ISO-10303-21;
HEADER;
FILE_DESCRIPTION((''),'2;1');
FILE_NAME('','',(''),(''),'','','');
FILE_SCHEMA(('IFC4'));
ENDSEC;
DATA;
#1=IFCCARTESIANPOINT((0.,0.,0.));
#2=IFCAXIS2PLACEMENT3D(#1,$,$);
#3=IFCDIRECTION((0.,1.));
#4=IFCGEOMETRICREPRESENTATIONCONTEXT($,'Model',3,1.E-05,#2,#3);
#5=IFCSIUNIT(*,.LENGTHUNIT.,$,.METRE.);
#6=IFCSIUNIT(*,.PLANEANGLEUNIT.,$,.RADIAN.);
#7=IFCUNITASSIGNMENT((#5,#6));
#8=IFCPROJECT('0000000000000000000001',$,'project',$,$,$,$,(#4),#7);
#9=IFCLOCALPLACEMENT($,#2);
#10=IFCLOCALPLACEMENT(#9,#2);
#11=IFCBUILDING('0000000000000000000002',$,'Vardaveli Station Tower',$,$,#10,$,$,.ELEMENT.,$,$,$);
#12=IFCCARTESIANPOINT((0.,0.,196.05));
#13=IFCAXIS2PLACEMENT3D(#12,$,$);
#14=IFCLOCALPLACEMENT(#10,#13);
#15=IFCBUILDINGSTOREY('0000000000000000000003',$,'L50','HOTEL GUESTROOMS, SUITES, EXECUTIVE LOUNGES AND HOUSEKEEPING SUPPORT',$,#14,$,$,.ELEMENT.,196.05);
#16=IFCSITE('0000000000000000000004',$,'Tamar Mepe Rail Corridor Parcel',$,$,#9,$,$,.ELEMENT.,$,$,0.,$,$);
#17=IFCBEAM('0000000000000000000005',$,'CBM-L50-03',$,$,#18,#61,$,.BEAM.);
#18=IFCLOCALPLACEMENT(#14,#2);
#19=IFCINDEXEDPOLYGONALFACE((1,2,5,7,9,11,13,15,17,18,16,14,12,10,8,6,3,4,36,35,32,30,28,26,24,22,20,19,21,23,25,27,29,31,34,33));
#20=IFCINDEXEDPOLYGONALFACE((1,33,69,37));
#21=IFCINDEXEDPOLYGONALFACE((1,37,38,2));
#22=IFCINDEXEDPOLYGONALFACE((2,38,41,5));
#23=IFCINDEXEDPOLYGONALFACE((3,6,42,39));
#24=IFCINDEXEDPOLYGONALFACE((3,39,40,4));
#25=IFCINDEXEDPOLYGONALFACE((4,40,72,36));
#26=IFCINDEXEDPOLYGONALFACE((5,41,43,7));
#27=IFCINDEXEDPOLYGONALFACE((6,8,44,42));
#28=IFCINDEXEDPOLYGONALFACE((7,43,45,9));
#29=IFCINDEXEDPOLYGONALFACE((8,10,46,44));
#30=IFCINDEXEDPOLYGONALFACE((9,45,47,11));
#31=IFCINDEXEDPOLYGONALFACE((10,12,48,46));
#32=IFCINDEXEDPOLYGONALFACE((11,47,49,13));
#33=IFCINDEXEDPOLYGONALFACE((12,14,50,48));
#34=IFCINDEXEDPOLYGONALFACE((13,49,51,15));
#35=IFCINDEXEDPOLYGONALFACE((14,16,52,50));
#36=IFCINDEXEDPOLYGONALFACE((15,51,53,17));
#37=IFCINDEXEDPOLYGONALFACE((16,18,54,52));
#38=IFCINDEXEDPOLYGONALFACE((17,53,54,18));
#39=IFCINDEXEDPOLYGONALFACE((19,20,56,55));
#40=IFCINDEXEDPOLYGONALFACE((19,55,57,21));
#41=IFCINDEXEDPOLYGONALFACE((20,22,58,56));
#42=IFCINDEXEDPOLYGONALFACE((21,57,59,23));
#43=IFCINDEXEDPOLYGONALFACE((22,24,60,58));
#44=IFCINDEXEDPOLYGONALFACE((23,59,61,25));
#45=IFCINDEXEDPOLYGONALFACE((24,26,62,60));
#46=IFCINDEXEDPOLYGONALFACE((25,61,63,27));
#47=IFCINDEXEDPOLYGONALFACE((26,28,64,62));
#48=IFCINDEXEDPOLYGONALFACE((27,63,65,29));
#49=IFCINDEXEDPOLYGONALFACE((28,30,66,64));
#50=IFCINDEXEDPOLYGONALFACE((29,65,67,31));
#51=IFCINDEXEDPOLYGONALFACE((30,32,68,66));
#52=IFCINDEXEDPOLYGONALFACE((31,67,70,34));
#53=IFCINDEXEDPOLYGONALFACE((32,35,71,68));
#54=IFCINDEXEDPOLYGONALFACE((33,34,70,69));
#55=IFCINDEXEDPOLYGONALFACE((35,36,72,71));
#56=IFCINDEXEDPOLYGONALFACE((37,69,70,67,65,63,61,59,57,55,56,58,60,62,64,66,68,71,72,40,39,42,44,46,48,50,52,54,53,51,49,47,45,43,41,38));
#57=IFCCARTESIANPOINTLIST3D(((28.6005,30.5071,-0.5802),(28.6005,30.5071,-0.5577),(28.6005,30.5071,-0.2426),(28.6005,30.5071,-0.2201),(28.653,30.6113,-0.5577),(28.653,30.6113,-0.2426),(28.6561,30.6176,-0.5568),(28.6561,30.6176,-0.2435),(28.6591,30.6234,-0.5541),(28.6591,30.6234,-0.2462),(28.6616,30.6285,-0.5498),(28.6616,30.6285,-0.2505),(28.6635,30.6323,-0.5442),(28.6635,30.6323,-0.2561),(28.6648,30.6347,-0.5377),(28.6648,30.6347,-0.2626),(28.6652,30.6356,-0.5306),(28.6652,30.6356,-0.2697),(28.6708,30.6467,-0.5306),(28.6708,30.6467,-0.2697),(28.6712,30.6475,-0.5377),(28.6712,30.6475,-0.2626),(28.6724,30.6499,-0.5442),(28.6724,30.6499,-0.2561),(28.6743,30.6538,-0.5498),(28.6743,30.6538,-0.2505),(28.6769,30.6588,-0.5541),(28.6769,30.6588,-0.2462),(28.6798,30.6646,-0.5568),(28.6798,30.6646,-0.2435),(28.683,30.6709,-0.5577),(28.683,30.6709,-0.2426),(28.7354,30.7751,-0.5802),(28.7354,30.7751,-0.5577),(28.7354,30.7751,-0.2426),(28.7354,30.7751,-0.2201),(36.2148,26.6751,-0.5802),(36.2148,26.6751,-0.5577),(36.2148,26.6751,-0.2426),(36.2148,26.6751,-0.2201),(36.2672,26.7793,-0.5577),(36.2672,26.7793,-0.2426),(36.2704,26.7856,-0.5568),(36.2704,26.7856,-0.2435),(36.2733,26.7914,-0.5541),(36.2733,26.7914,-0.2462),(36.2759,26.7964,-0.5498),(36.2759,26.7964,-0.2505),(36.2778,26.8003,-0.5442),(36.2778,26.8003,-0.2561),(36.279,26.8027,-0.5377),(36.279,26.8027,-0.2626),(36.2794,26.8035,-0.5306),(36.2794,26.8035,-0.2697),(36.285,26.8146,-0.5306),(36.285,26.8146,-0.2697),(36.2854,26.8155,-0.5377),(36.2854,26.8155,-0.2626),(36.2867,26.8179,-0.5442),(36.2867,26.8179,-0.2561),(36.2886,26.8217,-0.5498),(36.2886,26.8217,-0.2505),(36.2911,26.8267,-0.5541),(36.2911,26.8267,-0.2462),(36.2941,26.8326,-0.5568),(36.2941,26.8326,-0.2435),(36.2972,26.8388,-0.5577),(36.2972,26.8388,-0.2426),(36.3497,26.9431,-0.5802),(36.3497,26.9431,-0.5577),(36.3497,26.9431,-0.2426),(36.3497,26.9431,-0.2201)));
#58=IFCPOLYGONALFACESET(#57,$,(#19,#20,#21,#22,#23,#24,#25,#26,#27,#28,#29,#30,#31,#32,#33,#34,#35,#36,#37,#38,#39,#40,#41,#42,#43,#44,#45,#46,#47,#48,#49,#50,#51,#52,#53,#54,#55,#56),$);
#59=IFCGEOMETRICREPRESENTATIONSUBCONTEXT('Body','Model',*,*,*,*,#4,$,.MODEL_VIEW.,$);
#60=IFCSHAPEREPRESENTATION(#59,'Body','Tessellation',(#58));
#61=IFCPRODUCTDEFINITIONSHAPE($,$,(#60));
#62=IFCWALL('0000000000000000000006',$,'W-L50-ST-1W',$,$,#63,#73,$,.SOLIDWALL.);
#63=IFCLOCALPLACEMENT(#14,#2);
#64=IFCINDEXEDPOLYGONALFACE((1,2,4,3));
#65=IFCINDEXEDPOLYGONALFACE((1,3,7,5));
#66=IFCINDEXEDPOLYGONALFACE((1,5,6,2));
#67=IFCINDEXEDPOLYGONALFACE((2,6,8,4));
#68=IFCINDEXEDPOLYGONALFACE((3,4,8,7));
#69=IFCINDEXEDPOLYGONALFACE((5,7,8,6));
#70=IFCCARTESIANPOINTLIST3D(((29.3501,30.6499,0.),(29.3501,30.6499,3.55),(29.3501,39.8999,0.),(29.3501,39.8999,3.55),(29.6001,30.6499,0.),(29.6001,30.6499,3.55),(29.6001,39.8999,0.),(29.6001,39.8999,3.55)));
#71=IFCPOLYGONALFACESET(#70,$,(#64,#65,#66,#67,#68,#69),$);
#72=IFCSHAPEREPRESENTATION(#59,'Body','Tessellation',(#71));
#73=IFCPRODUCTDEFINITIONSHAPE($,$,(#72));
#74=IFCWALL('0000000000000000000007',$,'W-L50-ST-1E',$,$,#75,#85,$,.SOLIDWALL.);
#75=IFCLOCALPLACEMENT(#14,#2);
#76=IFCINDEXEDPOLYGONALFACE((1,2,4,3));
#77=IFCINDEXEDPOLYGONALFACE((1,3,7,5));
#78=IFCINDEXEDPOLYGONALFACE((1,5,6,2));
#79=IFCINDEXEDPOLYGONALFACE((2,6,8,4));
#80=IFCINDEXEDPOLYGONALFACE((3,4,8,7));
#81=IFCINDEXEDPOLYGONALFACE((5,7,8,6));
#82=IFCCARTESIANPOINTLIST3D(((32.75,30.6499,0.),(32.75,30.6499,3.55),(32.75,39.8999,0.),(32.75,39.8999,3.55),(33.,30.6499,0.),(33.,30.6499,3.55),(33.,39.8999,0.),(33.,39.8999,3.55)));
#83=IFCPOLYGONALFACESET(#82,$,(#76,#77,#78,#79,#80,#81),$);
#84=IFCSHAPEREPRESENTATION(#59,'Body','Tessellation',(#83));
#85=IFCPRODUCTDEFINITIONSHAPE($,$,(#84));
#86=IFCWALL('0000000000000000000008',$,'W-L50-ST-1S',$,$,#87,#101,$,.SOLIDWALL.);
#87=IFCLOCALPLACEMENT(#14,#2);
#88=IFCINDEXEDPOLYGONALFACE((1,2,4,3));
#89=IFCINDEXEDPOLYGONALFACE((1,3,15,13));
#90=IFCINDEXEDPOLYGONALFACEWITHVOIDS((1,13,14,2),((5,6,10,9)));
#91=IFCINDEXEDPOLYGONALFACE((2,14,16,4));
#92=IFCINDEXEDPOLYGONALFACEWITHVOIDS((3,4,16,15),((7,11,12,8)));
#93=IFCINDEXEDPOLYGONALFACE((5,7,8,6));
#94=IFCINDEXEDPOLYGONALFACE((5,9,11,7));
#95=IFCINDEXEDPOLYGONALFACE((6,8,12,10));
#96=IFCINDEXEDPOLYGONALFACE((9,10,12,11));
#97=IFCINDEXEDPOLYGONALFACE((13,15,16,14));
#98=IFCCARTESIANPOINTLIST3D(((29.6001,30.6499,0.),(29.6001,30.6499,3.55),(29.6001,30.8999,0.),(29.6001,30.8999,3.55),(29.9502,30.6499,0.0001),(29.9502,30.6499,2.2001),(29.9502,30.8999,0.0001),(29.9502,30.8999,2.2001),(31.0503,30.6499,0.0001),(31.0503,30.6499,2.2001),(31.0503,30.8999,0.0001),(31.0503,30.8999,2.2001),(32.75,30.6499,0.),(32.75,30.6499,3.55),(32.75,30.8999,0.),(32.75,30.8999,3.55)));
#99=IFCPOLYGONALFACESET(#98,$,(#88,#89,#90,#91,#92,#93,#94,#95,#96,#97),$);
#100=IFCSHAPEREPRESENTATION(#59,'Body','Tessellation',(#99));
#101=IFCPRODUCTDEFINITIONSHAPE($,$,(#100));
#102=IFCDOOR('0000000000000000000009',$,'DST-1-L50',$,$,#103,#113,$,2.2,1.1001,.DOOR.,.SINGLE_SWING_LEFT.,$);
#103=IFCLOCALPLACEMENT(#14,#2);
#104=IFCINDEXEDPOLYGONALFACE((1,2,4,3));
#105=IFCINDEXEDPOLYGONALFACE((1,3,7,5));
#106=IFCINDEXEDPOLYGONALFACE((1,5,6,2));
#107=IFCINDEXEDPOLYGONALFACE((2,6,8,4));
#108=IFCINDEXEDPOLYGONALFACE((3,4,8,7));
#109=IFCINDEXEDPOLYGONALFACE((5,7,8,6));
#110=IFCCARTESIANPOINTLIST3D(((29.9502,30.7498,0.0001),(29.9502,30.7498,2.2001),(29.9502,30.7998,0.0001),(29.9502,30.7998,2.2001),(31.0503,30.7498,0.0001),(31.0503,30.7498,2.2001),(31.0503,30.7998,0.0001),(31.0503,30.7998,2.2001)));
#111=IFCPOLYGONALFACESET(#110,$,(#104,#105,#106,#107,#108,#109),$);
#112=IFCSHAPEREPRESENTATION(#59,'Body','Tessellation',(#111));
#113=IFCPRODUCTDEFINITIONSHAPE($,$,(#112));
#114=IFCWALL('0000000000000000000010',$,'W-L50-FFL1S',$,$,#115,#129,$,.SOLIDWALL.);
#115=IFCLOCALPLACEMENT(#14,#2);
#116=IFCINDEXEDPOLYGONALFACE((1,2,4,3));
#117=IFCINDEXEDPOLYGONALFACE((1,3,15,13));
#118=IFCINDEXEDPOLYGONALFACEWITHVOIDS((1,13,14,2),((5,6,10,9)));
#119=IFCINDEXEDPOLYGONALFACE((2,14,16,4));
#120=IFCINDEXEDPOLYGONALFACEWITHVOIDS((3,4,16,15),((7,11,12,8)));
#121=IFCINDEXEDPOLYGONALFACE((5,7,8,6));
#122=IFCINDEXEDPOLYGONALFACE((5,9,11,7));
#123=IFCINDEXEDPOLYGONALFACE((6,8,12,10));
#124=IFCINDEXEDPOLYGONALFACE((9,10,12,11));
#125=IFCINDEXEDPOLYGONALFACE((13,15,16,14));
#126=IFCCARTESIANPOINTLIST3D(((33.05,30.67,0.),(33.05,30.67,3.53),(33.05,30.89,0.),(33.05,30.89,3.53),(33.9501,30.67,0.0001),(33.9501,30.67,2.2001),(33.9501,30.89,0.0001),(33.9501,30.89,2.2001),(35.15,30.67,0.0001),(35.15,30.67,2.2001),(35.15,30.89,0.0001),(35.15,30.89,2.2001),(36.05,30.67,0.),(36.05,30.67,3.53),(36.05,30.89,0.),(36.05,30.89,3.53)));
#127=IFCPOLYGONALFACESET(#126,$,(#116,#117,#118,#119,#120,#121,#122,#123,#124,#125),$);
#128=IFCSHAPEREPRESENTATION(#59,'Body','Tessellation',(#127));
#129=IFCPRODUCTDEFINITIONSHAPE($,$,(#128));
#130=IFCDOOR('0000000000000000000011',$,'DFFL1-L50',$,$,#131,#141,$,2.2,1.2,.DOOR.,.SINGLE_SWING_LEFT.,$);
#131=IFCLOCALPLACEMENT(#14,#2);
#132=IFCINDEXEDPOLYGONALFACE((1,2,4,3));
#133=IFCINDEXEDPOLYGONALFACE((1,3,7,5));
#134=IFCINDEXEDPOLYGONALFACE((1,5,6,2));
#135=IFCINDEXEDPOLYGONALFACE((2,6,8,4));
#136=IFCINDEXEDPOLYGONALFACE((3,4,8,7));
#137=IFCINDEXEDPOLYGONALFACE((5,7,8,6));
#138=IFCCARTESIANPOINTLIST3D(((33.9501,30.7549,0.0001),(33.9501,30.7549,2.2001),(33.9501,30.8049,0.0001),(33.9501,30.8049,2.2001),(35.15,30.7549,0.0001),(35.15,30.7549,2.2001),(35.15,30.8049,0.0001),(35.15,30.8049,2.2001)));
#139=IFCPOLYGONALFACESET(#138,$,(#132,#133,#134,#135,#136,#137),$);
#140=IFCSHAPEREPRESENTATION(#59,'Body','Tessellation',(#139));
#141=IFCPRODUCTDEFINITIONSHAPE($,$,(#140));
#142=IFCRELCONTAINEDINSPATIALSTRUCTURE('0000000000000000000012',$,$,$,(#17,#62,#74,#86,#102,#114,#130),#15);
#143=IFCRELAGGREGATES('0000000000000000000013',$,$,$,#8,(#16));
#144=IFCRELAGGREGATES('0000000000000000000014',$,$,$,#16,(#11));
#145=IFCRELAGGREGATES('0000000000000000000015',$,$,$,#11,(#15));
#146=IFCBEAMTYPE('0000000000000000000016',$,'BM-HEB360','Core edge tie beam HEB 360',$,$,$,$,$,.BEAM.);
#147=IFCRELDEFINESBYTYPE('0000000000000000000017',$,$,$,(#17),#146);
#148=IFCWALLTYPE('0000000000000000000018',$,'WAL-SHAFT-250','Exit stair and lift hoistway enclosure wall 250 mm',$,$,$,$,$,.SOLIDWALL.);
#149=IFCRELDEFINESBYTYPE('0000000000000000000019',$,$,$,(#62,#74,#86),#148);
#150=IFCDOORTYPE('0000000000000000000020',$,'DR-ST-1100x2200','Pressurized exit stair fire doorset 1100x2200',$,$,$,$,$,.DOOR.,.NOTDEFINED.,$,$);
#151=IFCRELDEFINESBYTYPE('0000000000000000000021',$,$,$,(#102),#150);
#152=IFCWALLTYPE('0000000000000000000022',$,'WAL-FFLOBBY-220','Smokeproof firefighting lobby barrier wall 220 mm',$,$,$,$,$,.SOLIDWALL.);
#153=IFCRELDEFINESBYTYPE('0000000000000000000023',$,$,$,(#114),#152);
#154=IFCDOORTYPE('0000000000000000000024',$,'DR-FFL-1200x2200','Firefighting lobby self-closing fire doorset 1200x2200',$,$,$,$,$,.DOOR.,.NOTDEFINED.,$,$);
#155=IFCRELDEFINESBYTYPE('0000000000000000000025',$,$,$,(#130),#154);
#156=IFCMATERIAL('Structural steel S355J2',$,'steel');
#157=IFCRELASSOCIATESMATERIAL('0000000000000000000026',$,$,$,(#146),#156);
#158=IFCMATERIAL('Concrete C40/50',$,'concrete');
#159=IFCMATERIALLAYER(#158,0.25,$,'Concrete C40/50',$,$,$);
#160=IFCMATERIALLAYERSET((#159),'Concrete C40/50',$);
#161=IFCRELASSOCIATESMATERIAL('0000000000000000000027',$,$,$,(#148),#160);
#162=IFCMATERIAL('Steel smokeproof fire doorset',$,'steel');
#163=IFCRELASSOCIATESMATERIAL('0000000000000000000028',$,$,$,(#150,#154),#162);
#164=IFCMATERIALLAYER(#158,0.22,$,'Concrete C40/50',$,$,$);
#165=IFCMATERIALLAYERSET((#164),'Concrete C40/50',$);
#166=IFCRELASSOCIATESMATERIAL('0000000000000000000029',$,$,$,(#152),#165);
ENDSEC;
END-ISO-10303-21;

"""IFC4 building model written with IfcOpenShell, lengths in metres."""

from ifc_helpers import new_model, si_unit, direction, frame, frame_2d, origin, origin_2d, place, context, subcontext, project, spatial, rectangle, i_section, extrude, source, transform, mapped, material, layer, layer_set, material_profile, profile_set, type_object, element, fill, save


model = new_model("IFC4")

# Units and contexts
model_context = context("Model", 3, precision=1e-05, world=origin(), true_north=direction((0.0, 1.0)))
body_context = subcontext(model_context, "Body", "Model", "MODEL_VIEW")
ifc_project = project(units=[si_unit("LENGTHUNIT", "METRE"), si_unit("PLANEANGLEUNIT", "RADIAN")], contexts=[model_context])

# Site, building, storey
site_placement = place(None, origin())
site = spatial("IfcSite", under=ifc_project, at=site_placement, Name="Tamar Mepe Rail Corridor Parcel", CompositionType="ELEMENT", RefElevation=0.0)
building_placement = place(site_placement, origin())
building = spatial("IfcBuilding", under=site, at=building_placement, Name="Vardaveli Station Tower", CompositionType="ELEMENT")
storey_placement = place(building_placement, frame((0.0, 0.0, 196.05)))
storey = spatial("IfcBuildingStorey", under=building, at=storey_placement, Name="L50", Description="HOTEL GUESTROOMS, SUITES, EXECUTIVE LOUNGES AND HOUSEKEEPING SUPPORT", CompositionType="ELEMENT", Elevation=196.05)

# Beam
ifc_material_1 = material(Name="Structural steel S355J2", Category="steel")
ifc_material_profile_1 = material_profile(ifc_material_1, i_section(OverallWidth=0.3, OverallDepth=0.3601, WebThickness=0.0125, FlangeThickness=0.0225, FilletRadius=0.0271, at=origin_2d()), Name="HEB 360")
ifc_profile_set_1 = profile_set([ifc_material_profile_1], Name="Structural steel S355J2")
beam_type_1 = type_object("IfcBeamType", Name="BM-HEB360", Description="Core edge tie beam HEB 360", PredefinedType="BEAM", material=ifc_profile_set_1)
shared_shape_1 = source(origin(), body_context, "Body", "SweptSolid", [
    extrude(i_section(OverallWidth=0.3, OverallDepth=0.3601, WebThickness=0.0125, FlangeThickness=0.0225, FilletRadius=0.0271, at=origin_2d()), origin(), (0.0, 0.0, 1.0), 8.5242),
])
beam_1_placement = place(storey_placement, frame((28.668, 30.6411, -0.4001), z_axis=(0.893256, -0.449549, 0.0), x_axis=(0.449549, 0.893256, 0.0)))
element("IfcBeam", 1, at=beam_1_placement, inside=storey, type_object=beam_type_1, Name="CBM-L50-03", PredefinedType="BEAM", context=body_context, shape_type="MappedRepresentation", body=[
    mapped(shared_shape_1, transform((0.0, 0.0, 0.0), scale=1.0)),
])

# Walls
ifc_material_2 = material(Name="Concrete C40/50", Category="concrete")
ifc_layer_1 = layer(ifc_material_2, 0.25, Name="Concrete C40/50")
ifc_layer_set_1 = layer_set([ifc_layer_1], Name="Concrete C40/50")
wall_type_1 = type_object("IfcWallType", Name="WAL-SHAFT-250", Description="Exit stair and lift hoistway enclosure wall 250 mm", PredefinedType="SOLIDWALL", material=ifc_layer_set_1)
shared_shape_2 = source(origin(), body_context, "Body", "SweptSolid", [
    extrude(rectangle(XDim=9.25, YDim=0.25, at=frame_2d((4.625, 0.0))), origin(), (0.0, 0.0, 1.0), 3.55),
])
for number, where, z_axis, x_axis, name in (
    (2, (29.4751, 30.6499, 0.0), (0.0, 0.0, 1.0), (0.0, 1.0, 0.0), "W-L50-ST-1W"),
    (3, (32.875, 30.6499, 0.0), (0.0, 0.0, 1.0), (0.0, 1.0, 0.0), "W-L50-ST-1E"),
):
    element("IfcWall", number, at=place(storey_placement, frame(where, z_axis=z_axis, x_axis=x_axis)), inside=storey, type_object=wall_type_1, Name=name, PredefinedType="SOLIDWALL", context=body_context, shape_type="MappedRepresentation", body=[
        mapped(shared_shape_2, transform((0.0, 0.0, 0.0), scale=1.0)),
    ])

# Walls, openings, doors
shared_shape_3 = source(origin(), body_context, "Body", "SweptSolid", [
    extrude(rectangle(XDim=3.1499, YDim=0.25, at=frame_2d((1.575, 0.0))), origin(), (0.0, 0.0, 1.0), 3.55),
])
wall_1_placement = place(storey_placement, frame((29.6001, 30.7749, 0.0), z_axis=(0.0, 0.0, 1.0), x_axis=(1.0, 0.0, 0.0)))
wall_1 = element("IfcWall", 4, at=wall_1_placement, inside=storey, type_object=wall_type_1, Name="W-L50-ST-1S", PredefinedType="SOLIDWALL", context=body_context, shape_type="MappedRepresentation", body=[
    mapped(shared_shape_3, transform((0.0, 0.0, 0.0), scale=1.0)),
])
shared_shape_4 = source(origin(), body_context, "Body", "SweptSolid", [
    extrude(rectangle(XDim=1.1001, YDim=2.2, at=frame_2d((0.55, 1.1001))), frame((0.0, 0.135, 0.0), z_axis=(0.0, -1.0, 0.0), x_axis=(1.0, 0.0, 0.0)), (0.0, 0.0, 1.0), 0.27),
])
opening_1_placement = place(wall_1_placement, frame((0.3501, 0.0, 0.0)))
opening_1 = element("IfcOpeningElement", 5, at=opening_1_placement, cuts=wall_1, PredefinedType="OPENING", context=body_context, shape_type="MappedRepresentation", body=[
    mapped(shared_shape_4, transform((0.0, 0.0, 0.0), scale=1.0)),
])
ifc_material_3 = material(Name="Steel smokeproof fire doorset", Category="steel")
door_type_1 = type_object("IfcDoorType", Name="DR-ST-1100x2200", Description="Pressurized exit stair fire doorset 1100x2200", OperationType="NOTDEFINED", PredefinedType="DOOR", material=ifc_material_3)
shared_shape_5 = source(origin(), body_context, "Body", "SweptSolid", [
    extrude(rectangle(XDim=1.1001, YDim=2.2, at=frame_2d((0.55, 1.1001))), frame((0.0, 0.0249, 0.0), z_axis=(0.0, -1.0, 0.0), x_axis=(1.0, 0.0, 0.0)), (0.0, 0.0, 1.0), 0.05),
])
door_1_placement = place(opening_1_placement, origin())
door_1 = element("IfcDoor", 6, at=door_1_placement, inside=storey, type_object=door_type_1, Name="DST-1-L50", OperationType="SINGLE_SWING_LEFT", OverallHeight=2.2, OverallWidth=1.1001, PredefinedType="DOOR", context=body_context, shape_type="MappedRepresentation", body=[
    mapped(shared_shape_5, transform((0.0, 0.0, 0.0), scale=1.0)),
])
fill(opening_1, door_1)
ifc_layer_2 = layer(ifc_material_2, 0.22, Name="Concrete C40/50")
ifc_layer_set_2 = layer_set([ifc_layer_2], Name="Concrete C40/50")
wall_type_2 = type_object("IfcWallType", Name="WAL-FFLOBBY-220", Description="Smokeproof firefighting lobby barrier wall 220 mm", PredefinedType="SOLIDWALL", material=ifc_layer_set_2)
shared_shape_6 = source(origin(), body_context, "Body", "SweptSolid", [
    extrude(rectangle(XDim=3.0, YDim=0.22, at=frame_2d((1.5, 0.0))), origin(), (0.0, 0.0, 1.0), 3.53),
])
wall_2_placement = place(storey_placement, frame((33.05, 30.78, 0.0), z_axis=(0.0, 0.0, 1.0), x_axis=(1.0, 0.0, 0.0)))
wall_2 = element("IfcWall", 7, at=wall_2_placement, inside=storey, type_object=wall_type_2, Name="W-L50-FFL1S", PredefinedType="SOLIDWALL", context=body_context, shape_type="MappedRepresentation", body=[
    mapped(shared_shape_6, transform((0.0, 0.0, 0.0), scale=1.0)),
])
shared_shape_7 = source(origin(), body_context, "Body", "SweptSolid", [
    extrude(rectangle(XDim=1.2, YDim=2.2, at=frame_2d((0.6001, 1.1001))), frame((0.0, 0.1201, 0.0), z_axis=(0.0, -1.0, 0.0), x_axis=(1.0, 0.0, 0.0)), (0.0, 0.0, 1.0), 0.24),
])
opening_2_placement = place(wall_2_placement, frame((0.8999, 0.0, 0.0)))
opening_2 = element("IfcOpeningElement", 8, at=opening_2_placement, cuts=wall_2, PredefinedType="OPENING", context=body_context, shape_type="MappedRepresentation", body=[
    mapped(shared_shape_7, transform((0.0, 0.0, 0.0), scale=1.0)),
])
door_type_2 = type_object("IfcDoorType", Name="DR-FFL-1200x2200", Description="Firefighting lobby self-closing fire doorset 1200x2200", OperationType="NOTDEFINED", PredefinedType="DOOR", material=ifc_material_3)
shared_shape_8 = source(origin(), body_context, "Body", "SweptSolid", [
    extrude(rectangle(XDim=1.2, YDim=2.2, at=frame_2d((0.6001, 1.1001))), frame((0.0, 0.0249, 0.0), z_axis=(0.0, -1.0, 0.0), x_axis=(1.0, 0.0, 0.0)), (0.0, 0.0, 1.0), 0.05),
])
door_2_placement = place(opening_2_placement, origin())
door_2 = element("IfcDoor", 9, at=door_2_placement, inside=storey, type_object=door_type_2, Name="DFFL1-L50", OperationType="SINGLE_SWING_LEFT", OverallHeight=2.2, OverallWidth=1.2, PredefinedType="DOOR", context=body_context, shape_type="MappedRepresentation", body=[
    mapped(shared_shape_8, transform((0.0, 0.0, 0.0), scale=1.0)),
])
fill(opening_2, door_2)

save(model, "model.ifc")
